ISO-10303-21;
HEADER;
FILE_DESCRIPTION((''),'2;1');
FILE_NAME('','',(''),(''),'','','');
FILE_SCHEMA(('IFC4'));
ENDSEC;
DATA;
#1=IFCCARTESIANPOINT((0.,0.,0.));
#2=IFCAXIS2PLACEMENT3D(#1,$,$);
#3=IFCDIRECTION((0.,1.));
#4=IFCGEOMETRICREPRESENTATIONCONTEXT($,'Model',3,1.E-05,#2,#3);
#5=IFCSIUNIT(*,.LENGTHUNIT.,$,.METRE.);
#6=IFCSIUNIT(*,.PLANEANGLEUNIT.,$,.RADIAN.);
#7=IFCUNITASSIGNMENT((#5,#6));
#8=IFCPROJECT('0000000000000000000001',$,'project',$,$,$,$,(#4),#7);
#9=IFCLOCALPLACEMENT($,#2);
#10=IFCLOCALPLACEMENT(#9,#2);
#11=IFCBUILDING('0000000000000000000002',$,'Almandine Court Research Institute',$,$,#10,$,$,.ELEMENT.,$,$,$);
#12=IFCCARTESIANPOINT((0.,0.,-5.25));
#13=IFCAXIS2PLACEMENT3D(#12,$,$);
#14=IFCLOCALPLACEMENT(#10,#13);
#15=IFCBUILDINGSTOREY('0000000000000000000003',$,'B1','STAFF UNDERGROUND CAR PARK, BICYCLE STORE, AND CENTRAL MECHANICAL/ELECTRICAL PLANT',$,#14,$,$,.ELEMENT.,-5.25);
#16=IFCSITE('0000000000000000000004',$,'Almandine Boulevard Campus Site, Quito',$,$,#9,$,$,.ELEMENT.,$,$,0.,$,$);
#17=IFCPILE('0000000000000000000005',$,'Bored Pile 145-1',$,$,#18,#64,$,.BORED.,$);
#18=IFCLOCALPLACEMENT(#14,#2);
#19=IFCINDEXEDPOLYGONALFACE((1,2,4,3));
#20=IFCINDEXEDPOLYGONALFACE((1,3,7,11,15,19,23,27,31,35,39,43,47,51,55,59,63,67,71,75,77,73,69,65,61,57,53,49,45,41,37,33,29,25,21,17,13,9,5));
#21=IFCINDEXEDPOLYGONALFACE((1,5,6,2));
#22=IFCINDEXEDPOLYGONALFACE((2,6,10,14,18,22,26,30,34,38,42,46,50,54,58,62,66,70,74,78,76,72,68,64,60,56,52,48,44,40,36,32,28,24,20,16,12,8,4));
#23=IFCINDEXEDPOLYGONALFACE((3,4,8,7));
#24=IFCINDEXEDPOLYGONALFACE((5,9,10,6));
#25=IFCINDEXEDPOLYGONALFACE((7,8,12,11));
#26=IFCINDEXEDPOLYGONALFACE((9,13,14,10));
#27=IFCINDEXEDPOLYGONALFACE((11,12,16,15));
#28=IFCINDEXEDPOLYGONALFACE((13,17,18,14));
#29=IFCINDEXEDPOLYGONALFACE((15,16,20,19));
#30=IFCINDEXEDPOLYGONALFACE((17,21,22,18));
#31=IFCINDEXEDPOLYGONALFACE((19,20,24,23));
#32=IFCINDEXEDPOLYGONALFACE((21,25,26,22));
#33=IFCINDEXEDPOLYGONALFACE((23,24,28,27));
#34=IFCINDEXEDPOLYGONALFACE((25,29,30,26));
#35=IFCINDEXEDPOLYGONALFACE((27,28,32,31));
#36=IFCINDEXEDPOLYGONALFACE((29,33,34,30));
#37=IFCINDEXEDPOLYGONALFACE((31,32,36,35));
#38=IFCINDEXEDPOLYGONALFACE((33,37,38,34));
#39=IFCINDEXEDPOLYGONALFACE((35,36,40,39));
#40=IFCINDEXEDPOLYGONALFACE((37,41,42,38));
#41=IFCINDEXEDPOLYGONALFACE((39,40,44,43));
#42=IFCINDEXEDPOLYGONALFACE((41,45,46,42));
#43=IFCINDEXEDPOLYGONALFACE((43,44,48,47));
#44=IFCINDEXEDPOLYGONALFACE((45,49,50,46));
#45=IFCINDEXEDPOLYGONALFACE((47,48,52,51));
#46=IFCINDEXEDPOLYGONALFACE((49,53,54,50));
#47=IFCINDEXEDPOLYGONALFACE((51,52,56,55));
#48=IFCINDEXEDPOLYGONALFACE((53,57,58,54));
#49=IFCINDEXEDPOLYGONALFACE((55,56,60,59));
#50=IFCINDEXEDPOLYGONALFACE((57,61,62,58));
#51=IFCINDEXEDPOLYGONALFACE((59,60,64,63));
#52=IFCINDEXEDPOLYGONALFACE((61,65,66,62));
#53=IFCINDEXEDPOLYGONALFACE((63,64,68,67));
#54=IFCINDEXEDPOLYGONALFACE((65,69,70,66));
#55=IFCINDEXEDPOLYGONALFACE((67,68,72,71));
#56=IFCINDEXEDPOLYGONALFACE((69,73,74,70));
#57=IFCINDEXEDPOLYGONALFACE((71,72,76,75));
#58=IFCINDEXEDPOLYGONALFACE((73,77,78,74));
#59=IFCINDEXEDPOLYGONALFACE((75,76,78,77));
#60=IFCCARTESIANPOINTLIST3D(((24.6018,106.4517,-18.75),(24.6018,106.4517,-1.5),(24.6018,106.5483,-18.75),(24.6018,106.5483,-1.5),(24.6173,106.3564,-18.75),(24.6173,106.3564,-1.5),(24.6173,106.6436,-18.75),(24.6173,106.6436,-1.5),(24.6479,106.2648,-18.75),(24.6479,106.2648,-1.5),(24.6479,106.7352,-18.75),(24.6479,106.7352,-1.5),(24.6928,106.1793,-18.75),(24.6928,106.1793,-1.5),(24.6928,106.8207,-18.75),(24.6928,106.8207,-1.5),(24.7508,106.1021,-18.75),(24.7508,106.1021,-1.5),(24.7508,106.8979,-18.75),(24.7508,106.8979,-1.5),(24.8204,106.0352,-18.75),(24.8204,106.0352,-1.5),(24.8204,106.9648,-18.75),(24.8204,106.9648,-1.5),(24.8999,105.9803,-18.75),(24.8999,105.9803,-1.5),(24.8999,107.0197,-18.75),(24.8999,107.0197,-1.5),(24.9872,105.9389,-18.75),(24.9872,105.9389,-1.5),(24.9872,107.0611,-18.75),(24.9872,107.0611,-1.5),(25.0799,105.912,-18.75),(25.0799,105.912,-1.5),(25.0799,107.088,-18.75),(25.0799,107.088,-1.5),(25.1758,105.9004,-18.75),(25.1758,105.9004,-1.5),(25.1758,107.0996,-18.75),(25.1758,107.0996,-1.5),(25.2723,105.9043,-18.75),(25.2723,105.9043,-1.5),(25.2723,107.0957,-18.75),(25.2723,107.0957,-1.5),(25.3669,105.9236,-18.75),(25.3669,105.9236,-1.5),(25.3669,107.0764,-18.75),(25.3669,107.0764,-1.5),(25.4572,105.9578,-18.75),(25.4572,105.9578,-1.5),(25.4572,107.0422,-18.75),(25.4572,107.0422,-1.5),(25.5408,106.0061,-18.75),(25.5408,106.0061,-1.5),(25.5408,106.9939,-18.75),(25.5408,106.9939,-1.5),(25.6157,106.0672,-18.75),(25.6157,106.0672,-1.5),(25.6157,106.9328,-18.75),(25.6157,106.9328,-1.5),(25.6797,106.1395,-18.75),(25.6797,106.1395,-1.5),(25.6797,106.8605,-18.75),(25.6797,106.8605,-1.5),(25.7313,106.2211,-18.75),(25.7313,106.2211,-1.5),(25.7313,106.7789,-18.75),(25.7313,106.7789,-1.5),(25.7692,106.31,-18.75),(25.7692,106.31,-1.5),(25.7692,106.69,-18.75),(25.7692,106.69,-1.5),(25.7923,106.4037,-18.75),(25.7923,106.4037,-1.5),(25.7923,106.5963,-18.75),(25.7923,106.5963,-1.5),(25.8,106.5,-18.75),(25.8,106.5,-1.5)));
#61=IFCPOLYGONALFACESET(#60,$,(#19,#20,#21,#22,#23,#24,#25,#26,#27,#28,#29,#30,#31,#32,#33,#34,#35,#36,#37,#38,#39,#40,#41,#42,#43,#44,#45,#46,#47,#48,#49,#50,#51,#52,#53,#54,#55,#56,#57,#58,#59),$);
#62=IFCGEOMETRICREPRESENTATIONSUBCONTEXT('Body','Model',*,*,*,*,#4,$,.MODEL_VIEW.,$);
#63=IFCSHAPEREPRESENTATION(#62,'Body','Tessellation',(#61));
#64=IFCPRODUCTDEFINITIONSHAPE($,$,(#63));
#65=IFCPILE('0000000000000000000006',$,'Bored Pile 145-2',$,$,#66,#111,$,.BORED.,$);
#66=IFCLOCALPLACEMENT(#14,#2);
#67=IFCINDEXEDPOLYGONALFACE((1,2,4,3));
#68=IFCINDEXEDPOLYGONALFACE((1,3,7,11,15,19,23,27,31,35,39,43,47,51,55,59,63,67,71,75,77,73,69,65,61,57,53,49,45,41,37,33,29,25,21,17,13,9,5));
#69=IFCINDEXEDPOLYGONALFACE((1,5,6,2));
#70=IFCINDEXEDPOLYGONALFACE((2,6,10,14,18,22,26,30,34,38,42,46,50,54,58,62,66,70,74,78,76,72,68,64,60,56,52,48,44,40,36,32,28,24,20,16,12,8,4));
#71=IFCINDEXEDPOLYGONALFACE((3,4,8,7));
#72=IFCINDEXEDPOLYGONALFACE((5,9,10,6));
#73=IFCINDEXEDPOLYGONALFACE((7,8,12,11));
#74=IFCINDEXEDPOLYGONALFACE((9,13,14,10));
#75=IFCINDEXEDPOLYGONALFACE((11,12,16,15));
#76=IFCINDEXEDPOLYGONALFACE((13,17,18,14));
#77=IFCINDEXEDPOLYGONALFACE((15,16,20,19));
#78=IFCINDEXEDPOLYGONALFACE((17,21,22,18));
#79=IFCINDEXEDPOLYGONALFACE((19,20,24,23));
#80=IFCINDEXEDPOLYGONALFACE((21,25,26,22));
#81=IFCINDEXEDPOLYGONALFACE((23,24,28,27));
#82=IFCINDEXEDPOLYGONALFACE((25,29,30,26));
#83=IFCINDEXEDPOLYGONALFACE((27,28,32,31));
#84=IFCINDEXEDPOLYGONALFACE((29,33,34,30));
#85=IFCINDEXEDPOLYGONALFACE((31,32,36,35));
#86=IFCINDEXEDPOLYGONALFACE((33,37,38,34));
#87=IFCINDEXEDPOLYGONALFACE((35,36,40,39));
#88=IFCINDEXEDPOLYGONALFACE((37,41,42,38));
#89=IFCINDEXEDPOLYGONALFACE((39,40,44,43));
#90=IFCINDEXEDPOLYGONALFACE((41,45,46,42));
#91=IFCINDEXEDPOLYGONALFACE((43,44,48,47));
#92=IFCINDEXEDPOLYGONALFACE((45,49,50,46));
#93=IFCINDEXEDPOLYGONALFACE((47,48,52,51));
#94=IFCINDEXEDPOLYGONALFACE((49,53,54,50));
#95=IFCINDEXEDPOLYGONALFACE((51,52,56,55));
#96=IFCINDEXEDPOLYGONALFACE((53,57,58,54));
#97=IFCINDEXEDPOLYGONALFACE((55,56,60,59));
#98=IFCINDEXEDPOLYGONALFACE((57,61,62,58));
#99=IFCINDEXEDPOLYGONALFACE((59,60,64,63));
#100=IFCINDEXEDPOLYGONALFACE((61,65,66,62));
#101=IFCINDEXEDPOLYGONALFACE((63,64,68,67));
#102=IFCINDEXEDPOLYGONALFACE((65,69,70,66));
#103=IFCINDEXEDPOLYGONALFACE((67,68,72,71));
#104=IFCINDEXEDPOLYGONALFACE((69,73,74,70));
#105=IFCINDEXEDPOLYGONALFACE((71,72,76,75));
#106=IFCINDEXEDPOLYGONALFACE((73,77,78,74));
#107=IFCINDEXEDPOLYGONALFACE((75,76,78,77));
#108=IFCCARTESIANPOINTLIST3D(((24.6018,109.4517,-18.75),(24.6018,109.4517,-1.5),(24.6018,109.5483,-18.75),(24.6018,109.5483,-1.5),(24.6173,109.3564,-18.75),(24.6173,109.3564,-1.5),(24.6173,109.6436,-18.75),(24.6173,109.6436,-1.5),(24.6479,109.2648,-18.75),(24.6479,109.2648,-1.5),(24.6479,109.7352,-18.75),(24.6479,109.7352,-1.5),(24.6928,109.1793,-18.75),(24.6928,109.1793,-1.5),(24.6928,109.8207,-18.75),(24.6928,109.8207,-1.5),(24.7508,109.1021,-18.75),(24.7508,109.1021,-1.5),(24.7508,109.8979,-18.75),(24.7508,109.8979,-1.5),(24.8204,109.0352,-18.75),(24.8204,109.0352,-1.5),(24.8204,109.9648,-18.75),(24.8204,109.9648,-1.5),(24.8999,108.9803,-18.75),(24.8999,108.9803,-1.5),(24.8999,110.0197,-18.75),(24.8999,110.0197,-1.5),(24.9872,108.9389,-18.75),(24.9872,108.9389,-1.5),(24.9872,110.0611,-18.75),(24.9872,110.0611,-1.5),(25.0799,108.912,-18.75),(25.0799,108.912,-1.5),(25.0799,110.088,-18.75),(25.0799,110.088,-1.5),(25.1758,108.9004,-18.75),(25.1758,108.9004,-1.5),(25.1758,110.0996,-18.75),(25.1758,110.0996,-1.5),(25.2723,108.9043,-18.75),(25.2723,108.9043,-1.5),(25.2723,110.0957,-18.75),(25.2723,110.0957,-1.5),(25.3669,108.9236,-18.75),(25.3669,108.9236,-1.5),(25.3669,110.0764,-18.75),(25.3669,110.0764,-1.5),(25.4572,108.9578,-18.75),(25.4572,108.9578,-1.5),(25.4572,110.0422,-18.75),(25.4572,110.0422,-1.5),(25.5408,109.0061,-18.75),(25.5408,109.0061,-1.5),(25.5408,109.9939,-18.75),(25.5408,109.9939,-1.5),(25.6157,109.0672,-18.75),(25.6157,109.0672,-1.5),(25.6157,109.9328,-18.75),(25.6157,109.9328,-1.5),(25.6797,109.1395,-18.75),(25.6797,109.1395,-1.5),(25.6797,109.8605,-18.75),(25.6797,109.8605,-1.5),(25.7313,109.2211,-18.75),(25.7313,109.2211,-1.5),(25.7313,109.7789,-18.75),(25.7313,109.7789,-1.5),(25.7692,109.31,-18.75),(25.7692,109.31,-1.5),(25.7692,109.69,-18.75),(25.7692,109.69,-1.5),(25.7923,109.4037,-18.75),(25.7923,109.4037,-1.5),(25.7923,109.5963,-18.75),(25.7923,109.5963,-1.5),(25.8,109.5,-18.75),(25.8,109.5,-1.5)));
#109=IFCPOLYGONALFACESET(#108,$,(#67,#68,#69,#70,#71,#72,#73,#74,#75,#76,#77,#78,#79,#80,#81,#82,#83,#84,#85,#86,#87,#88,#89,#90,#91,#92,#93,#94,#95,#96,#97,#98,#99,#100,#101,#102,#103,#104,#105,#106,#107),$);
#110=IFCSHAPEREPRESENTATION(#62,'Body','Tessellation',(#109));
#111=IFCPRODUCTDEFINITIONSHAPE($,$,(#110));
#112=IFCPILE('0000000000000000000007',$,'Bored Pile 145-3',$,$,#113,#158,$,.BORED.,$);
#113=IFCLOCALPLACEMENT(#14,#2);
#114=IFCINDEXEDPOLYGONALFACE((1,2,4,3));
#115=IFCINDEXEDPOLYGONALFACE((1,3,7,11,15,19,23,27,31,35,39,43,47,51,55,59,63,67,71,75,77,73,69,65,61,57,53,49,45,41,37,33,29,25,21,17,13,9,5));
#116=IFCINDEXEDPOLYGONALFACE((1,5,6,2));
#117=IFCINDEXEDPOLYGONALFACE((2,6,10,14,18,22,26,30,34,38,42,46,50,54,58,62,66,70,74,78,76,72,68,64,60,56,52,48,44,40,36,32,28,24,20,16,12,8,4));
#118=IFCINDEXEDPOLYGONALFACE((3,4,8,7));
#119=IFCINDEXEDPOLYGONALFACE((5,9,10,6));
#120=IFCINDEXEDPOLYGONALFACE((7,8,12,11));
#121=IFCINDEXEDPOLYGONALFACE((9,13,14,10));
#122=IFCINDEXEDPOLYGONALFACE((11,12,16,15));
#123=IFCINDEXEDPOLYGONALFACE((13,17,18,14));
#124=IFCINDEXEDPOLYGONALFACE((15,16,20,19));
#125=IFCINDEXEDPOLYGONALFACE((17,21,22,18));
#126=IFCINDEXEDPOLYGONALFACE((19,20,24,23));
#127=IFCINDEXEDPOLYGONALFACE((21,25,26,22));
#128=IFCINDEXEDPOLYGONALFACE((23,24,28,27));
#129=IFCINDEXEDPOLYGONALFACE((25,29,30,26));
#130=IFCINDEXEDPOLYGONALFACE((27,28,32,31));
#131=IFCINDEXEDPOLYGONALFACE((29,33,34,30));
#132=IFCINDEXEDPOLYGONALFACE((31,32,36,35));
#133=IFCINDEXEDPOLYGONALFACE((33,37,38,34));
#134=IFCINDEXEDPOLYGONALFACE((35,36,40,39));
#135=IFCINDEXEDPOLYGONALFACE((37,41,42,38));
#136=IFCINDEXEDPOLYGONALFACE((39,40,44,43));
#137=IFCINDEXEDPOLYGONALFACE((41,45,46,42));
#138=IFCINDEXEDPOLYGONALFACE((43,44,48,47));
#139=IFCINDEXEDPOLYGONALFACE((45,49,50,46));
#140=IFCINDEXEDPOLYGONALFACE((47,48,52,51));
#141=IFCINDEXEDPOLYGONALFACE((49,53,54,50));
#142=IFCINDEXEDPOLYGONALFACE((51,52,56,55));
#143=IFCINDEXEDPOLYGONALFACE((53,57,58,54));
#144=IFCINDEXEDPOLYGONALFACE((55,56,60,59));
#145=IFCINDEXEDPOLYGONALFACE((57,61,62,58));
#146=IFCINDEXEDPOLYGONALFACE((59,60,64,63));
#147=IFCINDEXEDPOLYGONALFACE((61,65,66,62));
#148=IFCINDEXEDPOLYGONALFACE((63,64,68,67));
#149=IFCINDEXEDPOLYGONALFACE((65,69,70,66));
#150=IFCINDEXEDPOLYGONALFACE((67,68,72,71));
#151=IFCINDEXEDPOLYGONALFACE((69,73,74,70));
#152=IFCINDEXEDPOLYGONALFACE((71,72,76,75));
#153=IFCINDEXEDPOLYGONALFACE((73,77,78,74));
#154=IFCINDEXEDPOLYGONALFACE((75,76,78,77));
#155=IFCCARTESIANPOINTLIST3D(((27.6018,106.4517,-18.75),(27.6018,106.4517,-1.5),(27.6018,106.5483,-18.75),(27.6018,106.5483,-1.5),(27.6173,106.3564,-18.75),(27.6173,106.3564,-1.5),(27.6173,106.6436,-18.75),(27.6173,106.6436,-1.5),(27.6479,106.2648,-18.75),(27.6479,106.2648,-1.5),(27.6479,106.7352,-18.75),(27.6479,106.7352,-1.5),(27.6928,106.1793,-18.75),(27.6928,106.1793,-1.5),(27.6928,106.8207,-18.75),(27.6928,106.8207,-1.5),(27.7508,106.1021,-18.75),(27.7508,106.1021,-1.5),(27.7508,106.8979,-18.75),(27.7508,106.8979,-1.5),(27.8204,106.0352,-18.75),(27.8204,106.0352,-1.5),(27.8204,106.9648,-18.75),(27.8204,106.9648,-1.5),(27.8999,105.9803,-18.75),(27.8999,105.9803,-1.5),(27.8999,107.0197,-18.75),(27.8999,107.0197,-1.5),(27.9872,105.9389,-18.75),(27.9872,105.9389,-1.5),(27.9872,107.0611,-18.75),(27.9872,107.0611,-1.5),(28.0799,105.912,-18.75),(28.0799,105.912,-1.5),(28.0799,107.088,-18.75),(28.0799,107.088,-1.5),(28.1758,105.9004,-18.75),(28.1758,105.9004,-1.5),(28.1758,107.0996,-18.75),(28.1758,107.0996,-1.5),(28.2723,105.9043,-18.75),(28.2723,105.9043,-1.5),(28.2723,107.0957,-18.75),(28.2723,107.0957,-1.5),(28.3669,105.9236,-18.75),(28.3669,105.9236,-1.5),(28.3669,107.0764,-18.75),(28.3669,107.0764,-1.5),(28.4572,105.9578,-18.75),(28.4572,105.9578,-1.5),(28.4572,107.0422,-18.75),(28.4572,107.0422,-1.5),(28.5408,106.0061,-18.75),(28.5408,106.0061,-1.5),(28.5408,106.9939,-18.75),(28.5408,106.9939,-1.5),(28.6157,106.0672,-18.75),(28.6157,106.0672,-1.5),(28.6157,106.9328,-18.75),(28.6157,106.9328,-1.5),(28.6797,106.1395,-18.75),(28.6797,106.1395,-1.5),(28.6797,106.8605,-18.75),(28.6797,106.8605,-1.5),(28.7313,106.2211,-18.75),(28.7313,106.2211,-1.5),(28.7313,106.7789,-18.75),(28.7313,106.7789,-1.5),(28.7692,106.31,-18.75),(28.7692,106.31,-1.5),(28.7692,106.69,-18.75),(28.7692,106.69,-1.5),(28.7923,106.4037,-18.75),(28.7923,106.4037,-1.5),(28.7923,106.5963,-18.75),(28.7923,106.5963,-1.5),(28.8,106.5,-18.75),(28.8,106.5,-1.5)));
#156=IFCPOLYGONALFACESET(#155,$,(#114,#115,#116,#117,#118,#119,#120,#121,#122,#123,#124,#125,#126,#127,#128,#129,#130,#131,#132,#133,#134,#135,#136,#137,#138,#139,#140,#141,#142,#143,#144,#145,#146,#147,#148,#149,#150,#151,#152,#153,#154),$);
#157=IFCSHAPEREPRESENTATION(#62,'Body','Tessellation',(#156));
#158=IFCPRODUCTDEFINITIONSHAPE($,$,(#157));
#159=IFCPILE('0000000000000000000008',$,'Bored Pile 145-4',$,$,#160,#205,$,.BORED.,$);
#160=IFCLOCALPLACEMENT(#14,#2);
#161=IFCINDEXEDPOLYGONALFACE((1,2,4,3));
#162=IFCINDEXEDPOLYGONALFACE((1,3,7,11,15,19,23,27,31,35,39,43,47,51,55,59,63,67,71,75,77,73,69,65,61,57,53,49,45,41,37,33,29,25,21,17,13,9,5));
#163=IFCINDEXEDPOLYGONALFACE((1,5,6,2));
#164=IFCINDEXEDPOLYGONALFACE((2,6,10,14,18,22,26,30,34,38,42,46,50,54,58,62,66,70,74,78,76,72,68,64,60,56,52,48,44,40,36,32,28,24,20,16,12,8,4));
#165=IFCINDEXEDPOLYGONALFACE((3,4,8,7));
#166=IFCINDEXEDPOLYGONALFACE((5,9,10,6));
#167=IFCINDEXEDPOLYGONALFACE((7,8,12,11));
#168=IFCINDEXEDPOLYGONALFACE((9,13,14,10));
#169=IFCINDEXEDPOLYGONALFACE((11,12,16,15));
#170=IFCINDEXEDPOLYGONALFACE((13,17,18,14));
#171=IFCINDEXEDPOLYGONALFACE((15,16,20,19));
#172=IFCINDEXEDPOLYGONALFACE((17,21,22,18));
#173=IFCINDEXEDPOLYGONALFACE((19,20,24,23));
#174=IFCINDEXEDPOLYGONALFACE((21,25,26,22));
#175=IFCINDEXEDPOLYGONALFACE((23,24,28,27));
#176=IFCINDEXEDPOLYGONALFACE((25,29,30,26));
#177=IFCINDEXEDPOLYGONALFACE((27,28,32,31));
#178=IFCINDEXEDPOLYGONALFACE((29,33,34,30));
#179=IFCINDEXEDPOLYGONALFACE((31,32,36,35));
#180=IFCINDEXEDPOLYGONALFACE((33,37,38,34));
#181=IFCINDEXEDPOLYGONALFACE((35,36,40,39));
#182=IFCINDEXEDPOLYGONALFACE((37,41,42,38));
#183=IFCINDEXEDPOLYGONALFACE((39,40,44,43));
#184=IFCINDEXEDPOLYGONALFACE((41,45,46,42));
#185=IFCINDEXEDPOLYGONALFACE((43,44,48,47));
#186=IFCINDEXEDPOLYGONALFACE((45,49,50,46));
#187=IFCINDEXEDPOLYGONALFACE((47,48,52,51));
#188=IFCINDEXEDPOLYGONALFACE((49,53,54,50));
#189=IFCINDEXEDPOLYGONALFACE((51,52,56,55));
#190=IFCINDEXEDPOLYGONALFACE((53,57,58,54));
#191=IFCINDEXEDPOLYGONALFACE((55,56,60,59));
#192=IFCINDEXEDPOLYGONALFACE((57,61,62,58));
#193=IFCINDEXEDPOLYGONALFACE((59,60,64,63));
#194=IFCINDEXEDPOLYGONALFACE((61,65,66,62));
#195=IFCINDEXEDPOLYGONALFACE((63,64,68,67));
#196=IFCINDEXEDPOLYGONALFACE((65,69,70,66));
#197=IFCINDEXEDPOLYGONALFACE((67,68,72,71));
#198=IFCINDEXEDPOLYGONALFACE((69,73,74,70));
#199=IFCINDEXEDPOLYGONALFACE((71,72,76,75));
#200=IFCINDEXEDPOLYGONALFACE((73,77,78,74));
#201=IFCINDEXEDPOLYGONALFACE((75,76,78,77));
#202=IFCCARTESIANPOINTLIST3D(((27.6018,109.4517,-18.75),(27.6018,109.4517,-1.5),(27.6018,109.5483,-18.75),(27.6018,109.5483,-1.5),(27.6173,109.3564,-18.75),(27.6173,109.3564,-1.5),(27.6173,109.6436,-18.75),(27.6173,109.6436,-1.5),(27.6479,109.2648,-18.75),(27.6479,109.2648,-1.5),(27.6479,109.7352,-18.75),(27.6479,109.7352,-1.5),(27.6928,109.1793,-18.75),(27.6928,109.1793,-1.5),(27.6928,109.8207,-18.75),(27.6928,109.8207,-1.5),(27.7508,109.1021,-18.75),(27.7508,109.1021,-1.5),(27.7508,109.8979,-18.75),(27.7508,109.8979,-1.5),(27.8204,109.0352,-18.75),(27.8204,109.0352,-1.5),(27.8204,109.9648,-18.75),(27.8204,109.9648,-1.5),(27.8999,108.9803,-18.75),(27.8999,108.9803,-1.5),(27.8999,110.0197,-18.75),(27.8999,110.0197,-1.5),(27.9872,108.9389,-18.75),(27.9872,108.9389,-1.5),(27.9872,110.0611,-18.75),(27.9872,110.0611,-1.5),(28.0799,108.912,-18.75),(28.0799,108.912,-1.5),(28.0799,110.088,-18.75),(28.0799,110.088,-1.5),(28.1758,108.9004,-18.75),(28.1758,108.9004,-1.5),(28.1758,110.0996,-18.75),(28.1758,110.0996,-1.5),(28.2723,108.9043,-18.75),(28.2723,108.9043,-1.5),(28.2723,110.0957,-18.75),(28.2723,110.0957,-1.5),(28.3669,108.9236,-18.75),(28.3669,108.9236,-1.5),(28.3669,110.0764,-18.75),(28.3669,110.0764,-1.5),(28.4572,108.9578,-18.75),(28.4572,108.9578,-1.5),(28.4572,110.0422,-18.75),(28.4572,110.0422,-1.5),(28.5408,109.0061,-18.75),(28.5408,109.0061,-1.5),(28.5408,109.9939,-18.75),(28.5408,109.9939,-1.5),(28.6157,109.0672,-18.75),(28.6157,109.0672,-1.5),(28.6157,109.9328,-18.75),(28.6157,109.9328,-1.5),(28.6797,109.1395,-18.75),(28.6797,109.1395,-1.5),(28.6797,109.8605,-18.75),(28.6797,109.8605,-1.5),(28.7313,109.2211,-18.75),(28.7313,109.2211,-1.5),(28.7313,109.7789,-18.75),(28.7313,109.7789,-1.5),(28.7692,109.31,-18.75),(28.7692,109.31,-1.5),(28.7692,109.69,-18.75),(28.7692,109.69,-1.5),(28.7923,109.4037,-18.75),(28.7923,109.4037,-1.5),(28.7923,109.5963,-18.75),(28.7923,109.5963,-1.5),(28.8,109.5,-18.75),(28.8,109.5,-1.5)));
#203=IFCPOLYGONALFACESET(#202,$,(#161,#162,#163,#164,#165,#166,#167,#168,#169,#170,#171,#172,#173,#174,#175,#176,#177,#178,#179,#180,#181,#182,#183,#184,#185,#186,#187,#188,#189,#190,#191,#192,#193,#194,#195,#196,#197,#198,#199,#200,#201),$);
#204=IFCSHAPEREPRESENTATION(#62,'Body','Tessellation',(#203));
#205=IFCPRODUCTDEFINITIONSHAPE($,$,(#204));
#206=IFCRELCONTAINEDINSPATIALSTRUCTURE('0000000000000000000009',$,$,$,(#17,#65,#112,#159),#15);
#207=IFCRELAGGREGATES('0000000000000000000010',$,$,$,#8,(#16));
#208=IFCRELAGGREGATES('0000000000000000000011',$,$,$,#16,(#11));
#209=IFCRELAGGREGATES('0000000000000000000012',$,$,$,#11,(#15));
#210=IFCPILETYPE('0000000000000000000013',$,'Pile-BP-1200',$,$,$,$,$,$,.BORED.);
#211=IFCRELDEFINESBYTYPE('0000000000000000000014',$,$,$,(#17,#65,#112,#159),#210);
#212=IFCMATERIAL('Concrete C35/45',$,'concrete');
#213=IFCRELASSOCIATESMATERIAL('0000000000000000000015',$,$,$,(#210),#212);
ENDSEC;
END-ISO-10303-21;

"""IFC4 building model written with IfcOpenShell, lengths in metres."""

from ifc_helpers import new_model, si_unit, direction, frame, origin, origin_2d, place, context, subcontext, project, spatial, circle, extrude, material, material_profile, profile_set, type_object, element, save


model = new_model("IFC4")

# Units and contexts
model_context = context("Model", 3, precision=1e-05, world=origin(), true_north=direction((0.0, 1.0)))
body_context = subcontext(model_context, "Body", "Model", "MODEL_VIEW")
ifc_project = project(units=[si_unit("LENGTHUNIT", "METRE"), si_unit("PLANEANGLEUNIT", "RADIAN")], contexts=[model_context])

# Site, building, storey
site_placement = place(None, origin())
site = spatial("IfcSite", under=ifc_project, at=site_placement, Name="Almandine Boulevard Campus Site, Quito", CompositionType="ELEMENT", RefElevation=0.0)
building_placement = place(site_placement, origin())
building = spatial("IfcBuilding", under=site, at=building_placement, Name="Almandine Court Research Institute", CompositionType="ELEMENT")
storey_placement = place(building_placement, frame((0.0, 0.0, -5.25)))
storey = spatial("IfcBuildingStorey", under=building, at=storey_placement, Name="B1", Description="STAFF UNDERGROUND CAR PARK, BICYCLE STORE, AND CENTRAL MECHANICAL/ELECTRICAL PLANT", CompositionType="ELEMENT", Elevation=-5.25)

# Shared definitions
ifc_material_1 = material(Name="Concrete C35/45", Category="concrete")

# Piles
ifc_material_profile_1 = material_profile(ifc_material_1, circle(Radius=0.6001, at=origin_2d()), Name="BORED PILE D1200")
ifc_profile_set_1 = profile_set([ifc_material_profile_1], Name="Concrete C35/45")
pile_type_1 = type_object("IfcPileType", Name="Pile-BP-1200", PredefinedType="BORED", material=ifc_profile_set_1)
for number, where, z_axis, x_axis, name in (
    (1, (25.2, 106.5, -1.5), (0.0, 0.0, -1.0), (1.0, 0.0, 0.0), "Bored Pile 145-1"),
    (2, (25.2, 109.5, -1.5), (0.0, 0.0, -1.0), (1.0, 0.0, 0.0), "Bored Pile 145-2"),
    (3, (28.2, 106.5, -1.5), (0.0, 0.0, -1.0), (1.0, 0.0, 0.0), "Bored Pile 145-3"),
    (4, (28.2, 109.5, -1.5), (0.0, 0.0, -1.0), (1.0, 0.0, 0.0), "Bored Pile 145-4"),
):
    element("IfcPile", number, at=place(storey_placement, frame(where, z_axis=z_axis, x_axis=x_axis)), inside=storey, type_object=pile_type_1, Name=name, PredefinedType="BORED", context=body_context, shape_type="SweptSolid", body=[
        extrude(circle(Radius=0.6001, at=origin_2d()), origin(), (0.0, 0.0, 1.0), 17.25),
    ])

save(model, "model.ifc")
